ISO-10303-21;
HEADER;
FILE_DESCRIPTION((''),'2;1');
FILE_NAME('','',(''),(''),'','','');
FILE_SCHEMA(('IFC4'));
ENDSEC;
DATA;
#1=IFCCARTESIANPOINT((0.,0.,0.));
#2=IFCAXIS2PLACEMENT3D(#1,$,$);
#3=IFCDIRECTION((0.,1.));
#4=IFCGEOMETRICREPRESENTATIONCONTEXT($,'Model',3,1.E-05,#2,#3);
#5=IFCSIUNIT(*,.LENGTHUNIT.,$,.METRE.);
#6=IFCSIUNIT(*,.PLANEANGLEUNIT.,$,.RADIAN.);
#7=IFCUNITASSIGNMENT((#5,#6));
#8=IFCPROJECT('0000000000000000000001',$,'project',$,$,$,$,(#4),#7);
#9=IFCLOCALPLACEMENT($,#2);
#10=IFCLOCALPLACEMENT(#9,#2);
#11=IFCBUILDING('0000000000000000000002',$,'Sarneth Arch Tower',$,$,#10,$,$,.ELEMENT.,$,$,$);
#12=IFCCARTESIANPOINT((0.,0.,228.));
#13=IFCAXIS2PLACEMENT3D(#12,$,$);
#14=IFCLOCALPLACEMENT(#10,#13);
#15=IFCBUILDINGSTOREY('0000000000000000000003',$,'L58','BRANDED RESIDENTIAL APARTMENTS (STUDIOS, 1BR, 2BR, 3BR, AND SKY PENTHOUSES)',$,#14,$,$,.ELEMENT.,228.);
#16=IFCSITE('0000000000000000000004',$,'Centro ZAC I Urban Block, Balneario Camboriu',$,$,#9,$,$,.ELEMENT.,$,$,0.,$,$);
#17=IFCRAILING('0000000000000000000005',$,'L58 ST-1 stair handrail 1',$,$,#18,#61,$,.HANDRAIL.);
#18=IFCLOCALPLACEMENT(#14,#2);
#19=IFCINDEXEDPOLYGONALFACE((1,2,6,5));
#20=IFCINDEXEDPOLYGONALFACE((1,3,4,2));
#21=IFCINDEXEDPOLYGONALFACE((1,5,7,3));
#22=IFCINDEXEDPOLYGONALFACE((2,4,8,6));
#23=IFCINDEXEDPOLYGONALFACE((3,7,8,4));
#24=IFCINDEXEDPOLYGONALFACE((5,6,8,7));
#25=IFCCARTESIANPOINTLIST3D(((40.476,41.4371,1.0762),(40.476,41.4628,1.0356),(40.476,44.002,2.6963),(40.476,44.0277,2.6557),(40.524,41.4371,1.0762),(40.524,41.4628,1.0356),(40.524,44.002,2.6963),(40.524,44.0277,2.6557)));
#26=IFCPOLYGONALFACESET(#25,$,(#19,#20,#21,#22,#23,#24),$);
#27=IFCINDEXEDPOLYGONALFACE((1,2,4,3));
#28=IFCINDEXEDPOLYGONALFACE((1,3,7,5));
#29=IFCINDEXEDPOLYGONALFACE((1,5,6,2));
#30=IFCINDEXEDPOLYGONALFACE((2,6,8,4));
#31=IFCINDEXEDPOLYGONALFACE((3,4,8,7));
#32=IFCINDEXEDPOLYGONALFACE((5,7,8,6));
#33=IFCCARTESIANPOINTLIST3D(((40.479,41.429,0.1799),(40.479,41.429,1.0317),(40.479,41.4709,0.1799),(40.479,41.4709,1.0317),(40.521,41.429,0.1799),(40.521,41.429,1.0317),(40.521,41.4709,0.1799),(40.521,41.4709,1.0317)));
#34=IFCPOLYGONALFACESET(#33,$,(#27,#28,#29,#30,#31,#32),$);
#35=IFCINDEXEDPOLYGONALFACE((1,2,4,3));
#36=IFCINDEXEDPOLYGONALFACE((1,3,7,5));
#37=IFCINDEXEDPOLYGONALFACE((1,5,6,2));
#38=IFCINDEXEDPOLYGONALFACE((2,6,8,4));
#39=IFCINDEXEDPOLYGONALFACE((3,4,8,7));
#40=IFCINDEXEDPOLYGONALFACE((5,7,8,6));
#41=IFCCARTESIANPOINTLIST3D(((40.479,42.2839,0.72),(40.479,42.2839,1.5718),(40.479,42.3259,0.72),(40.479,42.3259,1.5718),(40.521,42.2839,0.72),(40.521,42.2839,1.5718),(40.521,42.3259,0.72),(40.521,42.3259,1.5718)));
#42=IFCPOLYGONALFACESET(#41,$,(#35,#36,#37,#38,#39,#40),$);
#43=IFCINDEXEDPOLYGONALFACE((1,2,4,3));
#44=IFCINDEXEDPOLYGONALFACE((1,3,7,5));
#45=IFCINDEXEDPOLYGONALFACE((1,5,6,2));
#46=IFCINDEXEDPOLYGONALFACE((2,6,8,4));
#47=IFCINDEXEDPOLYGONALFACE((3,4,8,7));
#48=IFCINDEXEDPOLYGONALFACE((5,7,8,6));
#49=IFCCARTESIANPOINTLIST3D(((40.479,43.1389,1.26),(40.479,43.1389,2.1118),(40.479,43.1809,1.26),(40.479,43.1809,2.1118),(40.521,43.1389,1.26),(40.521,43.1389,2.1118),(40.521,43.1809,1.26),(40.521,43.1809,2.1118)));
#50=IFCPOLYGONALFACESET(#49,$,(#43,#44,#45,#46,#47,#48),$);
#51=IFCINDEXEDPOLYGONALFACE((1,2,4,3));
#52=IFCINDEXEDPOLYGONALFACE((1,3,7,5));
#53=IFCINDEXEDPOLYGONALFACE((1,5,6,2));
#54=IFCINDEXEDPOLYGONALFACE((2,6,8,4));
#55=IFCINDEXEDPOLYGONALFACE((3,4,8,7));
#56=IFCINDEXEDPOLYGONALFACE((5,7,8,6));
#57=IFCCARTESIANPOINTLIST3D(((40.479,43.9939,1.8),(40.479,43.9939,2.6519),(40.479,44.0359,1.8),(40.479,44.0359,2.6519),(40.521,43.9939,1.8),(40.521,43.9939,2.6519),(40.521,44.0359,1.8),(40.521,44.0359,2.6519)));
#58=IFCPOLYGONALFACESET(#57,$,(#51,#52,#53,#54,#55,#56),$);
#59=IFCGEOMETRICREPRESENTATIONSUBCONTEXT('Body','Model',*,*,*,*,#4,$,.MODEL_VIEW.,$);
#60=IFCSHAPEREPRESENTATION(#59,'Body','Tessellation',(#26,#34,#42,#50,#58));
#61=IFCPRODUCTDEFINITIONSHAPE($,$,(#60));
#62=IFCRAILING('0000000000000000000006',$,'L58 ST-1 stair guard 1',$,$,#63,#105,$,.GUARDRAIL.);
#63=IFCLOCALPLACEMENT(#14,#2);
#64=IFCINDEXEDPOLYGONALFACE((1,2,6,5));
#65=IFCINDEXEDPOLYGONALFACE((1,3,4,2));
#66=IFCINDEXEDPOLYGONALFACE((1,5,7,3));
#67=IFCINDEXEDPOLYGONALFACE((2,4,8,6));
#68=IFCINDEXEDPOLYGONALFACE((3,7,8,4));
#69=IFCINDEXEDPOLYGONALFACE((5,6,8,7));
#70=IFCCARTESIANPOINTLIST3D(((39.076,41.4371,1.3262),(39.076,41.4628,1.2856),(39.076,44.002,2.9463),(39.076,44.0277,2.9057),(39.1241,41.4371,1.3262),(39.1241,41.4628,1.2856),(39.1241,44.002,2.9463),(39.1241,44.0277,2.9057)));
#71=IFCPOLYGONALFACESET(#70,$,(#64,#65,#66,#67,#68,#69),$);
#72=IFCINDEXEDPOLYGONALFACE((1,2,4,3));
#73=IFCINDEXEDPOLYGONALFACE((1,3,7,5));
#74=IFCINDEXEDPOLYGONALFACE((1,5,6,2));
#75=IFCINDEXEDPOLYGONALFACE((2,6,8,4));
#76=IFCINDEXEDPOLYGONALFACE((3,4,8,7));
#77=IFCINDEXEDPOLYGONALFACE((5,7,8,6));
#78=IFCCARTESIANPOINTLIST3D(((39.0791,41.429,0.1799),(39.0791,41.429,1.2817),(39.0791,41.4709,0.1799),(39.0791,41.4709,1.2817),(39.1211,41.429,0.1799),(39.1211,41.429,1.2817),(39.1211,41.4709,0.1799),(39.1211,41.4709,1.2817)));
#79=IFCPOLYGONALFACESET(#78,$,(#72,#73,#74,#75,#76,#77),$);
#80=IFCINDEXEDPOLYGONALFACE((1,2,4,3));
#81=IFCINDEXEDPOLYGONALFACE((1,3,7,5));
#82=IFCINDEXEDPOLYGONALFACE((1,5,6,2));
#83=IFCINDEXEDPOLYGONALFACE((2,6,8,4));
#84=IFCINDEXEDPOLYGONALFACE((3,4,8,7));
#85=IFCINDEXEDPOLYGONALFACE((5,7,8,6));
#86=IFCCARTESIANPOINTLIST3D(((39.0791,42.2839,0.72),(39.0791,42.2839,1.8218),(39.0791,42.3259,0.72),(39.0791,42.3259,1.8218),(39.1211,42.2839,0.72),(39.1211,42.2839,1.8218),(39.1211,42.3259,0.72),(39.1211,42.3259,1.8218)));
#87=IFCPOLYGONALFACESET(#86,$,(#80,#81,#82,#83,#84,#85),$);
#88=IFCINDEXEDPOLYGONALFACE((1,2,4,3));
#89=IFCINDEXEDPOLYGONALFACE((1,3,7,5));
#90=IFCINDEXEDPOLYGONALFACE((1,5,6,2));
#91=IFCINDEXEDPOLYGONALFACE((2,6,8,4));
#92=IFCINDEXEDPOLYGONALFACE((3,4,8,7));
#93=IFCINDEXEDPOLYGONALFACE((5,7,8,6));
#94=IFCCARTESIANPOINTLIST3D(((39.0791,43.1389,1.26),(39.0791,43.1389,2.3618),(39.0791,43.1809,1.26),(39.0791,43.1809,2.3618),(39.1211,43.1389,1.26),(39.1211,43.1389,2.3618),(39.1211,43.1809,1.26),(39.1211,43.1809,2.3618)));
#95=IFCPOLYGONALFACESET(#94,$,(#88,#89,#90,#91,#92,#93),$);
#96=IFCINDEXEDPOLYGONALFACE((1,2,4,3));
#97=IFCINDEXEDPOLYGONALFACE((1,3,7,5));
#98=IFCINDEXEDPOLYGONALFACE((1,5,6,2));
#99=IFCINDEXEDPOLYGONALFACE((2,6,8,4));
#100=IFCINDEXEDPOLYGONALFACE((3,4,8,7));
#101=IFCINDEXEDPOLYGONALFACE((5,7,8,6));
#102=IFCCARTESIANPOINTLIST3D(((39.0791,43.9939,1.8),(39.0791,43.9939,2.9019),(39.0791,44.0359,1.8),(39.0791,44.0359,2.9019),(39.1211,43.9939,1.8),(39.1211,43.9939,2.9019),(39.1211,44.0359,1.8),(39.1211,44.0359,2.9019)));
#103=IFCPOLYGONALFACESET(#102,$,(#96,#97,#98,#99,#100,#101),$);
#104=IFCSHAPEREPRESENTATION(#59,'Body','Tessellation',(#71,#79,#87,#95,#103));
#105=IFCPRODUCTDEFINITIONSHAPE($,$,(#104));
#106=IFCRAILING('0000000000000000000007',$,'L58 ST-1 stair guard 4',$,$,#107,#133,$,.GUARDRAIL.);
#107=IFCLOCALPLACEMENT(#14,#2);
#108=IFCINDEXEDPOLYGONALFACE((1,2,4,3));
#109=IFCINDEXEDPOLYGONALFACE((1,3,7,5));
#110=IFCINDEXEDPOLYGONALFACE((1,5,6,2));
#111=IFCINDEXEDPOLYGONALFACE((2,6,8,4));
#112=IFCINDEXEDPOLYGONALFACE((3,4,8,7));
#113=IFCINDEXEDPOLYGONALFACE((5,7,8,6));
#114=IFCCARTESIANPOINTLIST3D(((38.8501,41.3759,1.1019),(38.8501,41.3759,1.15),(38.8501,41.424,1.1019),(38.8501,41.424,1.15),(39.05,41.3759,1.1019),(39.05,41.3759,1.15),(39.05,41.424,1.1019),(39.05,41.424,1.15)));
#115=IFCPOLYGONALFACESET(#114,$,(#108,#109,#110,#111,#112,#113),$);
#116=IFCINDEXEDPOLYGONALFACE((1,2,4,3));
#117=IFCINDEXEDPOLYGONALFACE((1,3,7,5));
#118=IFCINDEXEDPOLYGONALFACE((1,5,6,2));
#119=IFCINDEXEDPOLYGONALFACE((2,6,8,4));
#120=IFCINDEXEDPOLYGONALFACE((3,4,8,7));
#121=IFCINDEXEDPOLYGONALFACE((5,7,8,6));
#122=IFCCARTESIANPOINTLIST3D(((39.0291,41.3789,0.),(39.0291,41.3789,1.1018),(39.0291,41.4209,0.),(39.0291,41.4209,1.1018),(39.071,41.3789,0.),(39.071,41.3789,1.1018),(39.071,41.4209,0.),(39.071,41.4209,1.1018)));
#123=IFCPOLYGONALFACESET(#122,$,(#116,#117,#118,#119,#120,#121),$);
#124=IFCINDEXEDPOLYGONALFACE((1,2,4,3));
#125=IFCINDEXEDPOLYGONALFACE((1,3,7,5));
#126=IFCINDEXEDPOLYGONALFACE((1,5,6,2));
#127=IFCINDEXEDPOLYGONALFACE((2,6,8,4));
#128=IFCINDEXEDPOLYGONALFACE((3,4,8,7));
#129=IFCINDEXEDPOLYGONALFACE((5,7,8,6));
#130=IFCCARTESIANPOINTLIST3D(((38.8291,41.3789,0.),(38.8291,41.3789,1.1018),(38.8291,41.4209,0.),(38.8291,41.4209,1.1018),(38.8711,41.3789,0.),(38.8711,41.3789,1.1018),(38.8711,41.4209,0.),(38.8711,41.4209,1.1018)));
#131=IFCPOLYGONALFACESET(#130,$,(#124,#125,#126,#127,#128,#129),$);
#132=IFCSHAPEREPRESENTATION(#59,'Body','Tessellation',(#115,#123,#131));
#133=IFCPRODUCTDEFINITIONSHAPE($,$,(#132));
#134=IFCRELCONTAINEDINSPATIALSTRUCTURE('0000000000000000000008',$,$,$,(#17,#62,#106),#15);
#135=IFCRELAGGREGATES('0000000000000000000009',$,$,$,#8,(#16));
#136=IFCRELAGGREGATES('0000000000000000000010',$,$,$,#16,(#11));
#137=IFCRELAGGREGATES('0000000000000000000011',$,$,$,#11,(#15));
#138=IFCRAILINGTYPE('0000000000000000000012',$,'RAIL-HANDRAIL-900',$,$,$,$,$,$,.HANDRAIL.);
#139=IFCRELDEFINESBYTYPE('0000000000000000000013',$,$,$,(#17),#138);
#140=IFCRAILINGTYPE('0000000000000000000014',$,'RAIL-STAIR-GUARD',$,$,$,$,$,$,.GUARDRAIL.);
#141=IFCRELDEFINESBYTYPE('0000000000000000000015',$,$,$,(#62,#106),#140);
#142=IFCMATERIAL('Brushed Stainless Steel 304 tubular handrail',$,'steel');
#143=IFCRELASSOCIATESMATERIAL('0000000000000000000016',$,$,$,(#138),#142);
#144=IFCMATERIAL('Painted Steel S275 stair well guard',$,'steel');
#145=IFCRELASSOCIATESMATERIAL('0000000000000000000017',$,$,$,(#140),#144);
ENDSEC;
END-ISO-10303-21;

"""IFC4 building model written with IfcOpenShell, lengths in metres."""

from ifc_helpers import new_model, si_unit, direction, frame, origin, origin_2d, place, context, subcontext, project, spatial, rectangle, extrude, material, type_object, element, save


model = new_model("IFC4")

# Units and contexts
model_context = context("Model", 3, precision=1e-05, world=origin(), true_north=direction((0.0, 1.0)))
body_context = subcontext(model_context, "Body", "Model", "MODEL_VIEW")
ifc_project = project(units=[si_unit("LENGTHUNIT", "METRE"), si_unit("PLANEANGLEUNIT", "RADIAN")], contexts=[model_context])

# Site, building, storey
site_placement = place(None, origin())
site = spatial("IfcSite", under=ifc_project, at=site_placement, Name="Centro ZAC I Urban Block, Balneario Camboriu", CompositionType="ELEMENT", RefElevation=0.0)
building_placement = place(site_placement, origin())
building = spatial("IfcBuilding", under=site, at=building_placement, Name="Sarneth Arch Tower", CompositionType="ELEMENT")
storey_placement = place(building_placement, frame((0.0, 0.0, 228.0)))
storey = spatial("IfcBuildingStorey", under=building, at=storey_placement, Name="L58", Description="BRANDED RESIDENTIAL APARTMENTS (STUDIOS, 1BR, 2BR, 3BR, AND SKY PENTHOUSES)", CompositionType="ELEMENT", Elevation=228.0)

# Railings
ifc_material_1 = material(Name="Brushed Stainless Steel 304 tubular handrail", Category="steel")
railing_type_1 = type_object("IfcRailingType", Name="RAIL-HANDRAIL-900", PredefinedType="HANDRAIL", material=ifc_material_1)
railing_1_placement = place(storey_placement, frame((40.5, 41.45, 0.1799)))
element("IfcRailing", 1, at=railing_1_placement, inside=storey, type_object=railing_type_1, Name="L58 ST-1 stair handrail 1", PredefinedType="HANDRAIL", context=body_context, shape_type="SweptSolid", body=[
    extrude(rectangle(XDim=0.0481, YDim=0.0481, at=origin_2d()), frame((0.0, 0.0, 0.876), z_axis=(0.0, 0.845466, 0.534029), x_axis=(-1.0, 0.0, 0.0)), (0.0, 0.0, 1.0), 3.0337),
    extrude(rectangle(XDim=0.042, YDim=0.042, at=origin_2d()), origin(), (0.0, 0.0, 1.0), 0.8518),
    extrude(rectangle(XDim=0.042, YDim=0.042, at=origin_2d()), frame((0.0, 0.855, 0.54)), (0.0, 0.0, 1.0), 0.8518),
    extrude(rectangle(XDim=0.042, YDim=0.042, at=origin_2d()), frame((0.0, 1.71, 1.0801)), (0.0, 0.0, 1.0), 0.8518),
    extrude(rectangle(XDim=0.042, YDim=0.042, at=origin_2d()), frame((0.0, 2.5649, 1.6201)), (0.0, 0.0, 1.0), 0.8518),
])
ifc_material_2 = material(Name="Painted Steel S275 stair well guard", Category="steel")
railing_type_2 = type_object("IfcRailingType", Name="RAIL-STAIR-GUARD", PredefinedType="GUARDRAIL", material=ifc_material_2)
railing_2_placement = place(storey_placement, frame((39.1001, 41.45, 0.1799)))
element("IfcRailing", 2, at=railing_2_placement, inside=storey, type_object=railing_type_2, Name="L58 ST-1 stair guard 1", PredefinedType="GUARDRAIL", context=body_context, shape_type="SweptSolid", body=[
    extrude(rectangle(XDim=0.0481, YDim=0.0481, at=origin_2d()), frame((0.0, 0.0, 1.126), z_axis=(0.0, 0.845466, 0.534029), x_axis=(-1.0, 0.0, 0.0)), (0.0, 0.0, 1.0), 3.0337),
    extrude(rectangle(XDim=0.042, YDim=0.042, at=origin_2d()), origin(), (0.0, 0.0, 1.0), 1.1018),
    extrude(rectangle(XDim=0.042, YDim=0.042, at=origin_2d()), frame((0.0, 0.855, 0.54)), (0.0, 0.0, 1.0), 1.1018),
    extrude(rectangle(XDim=0.042, YDim=0.042, at=origin_2d()), frame((0.0, 1.71, 1.0801)), (0.0, 0.0, 1.0), 1.1018),
    extrude(rectangle(XDim=0.042, YDim=0.042, at=origin_2d()), frame((0.0, 2.5649, 1.6201)), (0.0, 0.0, 1.0), 1.1018),
])
railing_3_placement = place(storey_placement, frame((39.05, 41.3999, 0.0)))
element("IfcRailing", 3, at=railing_3_placement, inside=storey, type_object=railing_type_2, Name="L58 ST-1 stair guard 4", PredefinedType="GUARDRAIL", context=body_context, shape_type="SweptSolid", body=[
    extrude(rectangle(XDim=0.0481, YDim=0.0481, at=origin_2d()), frame((0.0, 0.0, 1.126), z_axis=(-1.0, 0.0, 0.0), x_axis=(0.0, -1.0, 0.0)), (0.0, 0.0, 1.0), 0.2),
    extrude(rectangle(XDim=0.042, YDim=0.042, at=origin_2d()), origin(), (0.0, 0.0, 1.0), 1.1018),
    extrude(rectangle(XDim=0.042, YDim=0.042, at=origin_2d()), frame((-0.2, 0.0, 0.0)), (0.0, 0.0, 1.0), 1.1018),
])

save(model, "model.ifc")
